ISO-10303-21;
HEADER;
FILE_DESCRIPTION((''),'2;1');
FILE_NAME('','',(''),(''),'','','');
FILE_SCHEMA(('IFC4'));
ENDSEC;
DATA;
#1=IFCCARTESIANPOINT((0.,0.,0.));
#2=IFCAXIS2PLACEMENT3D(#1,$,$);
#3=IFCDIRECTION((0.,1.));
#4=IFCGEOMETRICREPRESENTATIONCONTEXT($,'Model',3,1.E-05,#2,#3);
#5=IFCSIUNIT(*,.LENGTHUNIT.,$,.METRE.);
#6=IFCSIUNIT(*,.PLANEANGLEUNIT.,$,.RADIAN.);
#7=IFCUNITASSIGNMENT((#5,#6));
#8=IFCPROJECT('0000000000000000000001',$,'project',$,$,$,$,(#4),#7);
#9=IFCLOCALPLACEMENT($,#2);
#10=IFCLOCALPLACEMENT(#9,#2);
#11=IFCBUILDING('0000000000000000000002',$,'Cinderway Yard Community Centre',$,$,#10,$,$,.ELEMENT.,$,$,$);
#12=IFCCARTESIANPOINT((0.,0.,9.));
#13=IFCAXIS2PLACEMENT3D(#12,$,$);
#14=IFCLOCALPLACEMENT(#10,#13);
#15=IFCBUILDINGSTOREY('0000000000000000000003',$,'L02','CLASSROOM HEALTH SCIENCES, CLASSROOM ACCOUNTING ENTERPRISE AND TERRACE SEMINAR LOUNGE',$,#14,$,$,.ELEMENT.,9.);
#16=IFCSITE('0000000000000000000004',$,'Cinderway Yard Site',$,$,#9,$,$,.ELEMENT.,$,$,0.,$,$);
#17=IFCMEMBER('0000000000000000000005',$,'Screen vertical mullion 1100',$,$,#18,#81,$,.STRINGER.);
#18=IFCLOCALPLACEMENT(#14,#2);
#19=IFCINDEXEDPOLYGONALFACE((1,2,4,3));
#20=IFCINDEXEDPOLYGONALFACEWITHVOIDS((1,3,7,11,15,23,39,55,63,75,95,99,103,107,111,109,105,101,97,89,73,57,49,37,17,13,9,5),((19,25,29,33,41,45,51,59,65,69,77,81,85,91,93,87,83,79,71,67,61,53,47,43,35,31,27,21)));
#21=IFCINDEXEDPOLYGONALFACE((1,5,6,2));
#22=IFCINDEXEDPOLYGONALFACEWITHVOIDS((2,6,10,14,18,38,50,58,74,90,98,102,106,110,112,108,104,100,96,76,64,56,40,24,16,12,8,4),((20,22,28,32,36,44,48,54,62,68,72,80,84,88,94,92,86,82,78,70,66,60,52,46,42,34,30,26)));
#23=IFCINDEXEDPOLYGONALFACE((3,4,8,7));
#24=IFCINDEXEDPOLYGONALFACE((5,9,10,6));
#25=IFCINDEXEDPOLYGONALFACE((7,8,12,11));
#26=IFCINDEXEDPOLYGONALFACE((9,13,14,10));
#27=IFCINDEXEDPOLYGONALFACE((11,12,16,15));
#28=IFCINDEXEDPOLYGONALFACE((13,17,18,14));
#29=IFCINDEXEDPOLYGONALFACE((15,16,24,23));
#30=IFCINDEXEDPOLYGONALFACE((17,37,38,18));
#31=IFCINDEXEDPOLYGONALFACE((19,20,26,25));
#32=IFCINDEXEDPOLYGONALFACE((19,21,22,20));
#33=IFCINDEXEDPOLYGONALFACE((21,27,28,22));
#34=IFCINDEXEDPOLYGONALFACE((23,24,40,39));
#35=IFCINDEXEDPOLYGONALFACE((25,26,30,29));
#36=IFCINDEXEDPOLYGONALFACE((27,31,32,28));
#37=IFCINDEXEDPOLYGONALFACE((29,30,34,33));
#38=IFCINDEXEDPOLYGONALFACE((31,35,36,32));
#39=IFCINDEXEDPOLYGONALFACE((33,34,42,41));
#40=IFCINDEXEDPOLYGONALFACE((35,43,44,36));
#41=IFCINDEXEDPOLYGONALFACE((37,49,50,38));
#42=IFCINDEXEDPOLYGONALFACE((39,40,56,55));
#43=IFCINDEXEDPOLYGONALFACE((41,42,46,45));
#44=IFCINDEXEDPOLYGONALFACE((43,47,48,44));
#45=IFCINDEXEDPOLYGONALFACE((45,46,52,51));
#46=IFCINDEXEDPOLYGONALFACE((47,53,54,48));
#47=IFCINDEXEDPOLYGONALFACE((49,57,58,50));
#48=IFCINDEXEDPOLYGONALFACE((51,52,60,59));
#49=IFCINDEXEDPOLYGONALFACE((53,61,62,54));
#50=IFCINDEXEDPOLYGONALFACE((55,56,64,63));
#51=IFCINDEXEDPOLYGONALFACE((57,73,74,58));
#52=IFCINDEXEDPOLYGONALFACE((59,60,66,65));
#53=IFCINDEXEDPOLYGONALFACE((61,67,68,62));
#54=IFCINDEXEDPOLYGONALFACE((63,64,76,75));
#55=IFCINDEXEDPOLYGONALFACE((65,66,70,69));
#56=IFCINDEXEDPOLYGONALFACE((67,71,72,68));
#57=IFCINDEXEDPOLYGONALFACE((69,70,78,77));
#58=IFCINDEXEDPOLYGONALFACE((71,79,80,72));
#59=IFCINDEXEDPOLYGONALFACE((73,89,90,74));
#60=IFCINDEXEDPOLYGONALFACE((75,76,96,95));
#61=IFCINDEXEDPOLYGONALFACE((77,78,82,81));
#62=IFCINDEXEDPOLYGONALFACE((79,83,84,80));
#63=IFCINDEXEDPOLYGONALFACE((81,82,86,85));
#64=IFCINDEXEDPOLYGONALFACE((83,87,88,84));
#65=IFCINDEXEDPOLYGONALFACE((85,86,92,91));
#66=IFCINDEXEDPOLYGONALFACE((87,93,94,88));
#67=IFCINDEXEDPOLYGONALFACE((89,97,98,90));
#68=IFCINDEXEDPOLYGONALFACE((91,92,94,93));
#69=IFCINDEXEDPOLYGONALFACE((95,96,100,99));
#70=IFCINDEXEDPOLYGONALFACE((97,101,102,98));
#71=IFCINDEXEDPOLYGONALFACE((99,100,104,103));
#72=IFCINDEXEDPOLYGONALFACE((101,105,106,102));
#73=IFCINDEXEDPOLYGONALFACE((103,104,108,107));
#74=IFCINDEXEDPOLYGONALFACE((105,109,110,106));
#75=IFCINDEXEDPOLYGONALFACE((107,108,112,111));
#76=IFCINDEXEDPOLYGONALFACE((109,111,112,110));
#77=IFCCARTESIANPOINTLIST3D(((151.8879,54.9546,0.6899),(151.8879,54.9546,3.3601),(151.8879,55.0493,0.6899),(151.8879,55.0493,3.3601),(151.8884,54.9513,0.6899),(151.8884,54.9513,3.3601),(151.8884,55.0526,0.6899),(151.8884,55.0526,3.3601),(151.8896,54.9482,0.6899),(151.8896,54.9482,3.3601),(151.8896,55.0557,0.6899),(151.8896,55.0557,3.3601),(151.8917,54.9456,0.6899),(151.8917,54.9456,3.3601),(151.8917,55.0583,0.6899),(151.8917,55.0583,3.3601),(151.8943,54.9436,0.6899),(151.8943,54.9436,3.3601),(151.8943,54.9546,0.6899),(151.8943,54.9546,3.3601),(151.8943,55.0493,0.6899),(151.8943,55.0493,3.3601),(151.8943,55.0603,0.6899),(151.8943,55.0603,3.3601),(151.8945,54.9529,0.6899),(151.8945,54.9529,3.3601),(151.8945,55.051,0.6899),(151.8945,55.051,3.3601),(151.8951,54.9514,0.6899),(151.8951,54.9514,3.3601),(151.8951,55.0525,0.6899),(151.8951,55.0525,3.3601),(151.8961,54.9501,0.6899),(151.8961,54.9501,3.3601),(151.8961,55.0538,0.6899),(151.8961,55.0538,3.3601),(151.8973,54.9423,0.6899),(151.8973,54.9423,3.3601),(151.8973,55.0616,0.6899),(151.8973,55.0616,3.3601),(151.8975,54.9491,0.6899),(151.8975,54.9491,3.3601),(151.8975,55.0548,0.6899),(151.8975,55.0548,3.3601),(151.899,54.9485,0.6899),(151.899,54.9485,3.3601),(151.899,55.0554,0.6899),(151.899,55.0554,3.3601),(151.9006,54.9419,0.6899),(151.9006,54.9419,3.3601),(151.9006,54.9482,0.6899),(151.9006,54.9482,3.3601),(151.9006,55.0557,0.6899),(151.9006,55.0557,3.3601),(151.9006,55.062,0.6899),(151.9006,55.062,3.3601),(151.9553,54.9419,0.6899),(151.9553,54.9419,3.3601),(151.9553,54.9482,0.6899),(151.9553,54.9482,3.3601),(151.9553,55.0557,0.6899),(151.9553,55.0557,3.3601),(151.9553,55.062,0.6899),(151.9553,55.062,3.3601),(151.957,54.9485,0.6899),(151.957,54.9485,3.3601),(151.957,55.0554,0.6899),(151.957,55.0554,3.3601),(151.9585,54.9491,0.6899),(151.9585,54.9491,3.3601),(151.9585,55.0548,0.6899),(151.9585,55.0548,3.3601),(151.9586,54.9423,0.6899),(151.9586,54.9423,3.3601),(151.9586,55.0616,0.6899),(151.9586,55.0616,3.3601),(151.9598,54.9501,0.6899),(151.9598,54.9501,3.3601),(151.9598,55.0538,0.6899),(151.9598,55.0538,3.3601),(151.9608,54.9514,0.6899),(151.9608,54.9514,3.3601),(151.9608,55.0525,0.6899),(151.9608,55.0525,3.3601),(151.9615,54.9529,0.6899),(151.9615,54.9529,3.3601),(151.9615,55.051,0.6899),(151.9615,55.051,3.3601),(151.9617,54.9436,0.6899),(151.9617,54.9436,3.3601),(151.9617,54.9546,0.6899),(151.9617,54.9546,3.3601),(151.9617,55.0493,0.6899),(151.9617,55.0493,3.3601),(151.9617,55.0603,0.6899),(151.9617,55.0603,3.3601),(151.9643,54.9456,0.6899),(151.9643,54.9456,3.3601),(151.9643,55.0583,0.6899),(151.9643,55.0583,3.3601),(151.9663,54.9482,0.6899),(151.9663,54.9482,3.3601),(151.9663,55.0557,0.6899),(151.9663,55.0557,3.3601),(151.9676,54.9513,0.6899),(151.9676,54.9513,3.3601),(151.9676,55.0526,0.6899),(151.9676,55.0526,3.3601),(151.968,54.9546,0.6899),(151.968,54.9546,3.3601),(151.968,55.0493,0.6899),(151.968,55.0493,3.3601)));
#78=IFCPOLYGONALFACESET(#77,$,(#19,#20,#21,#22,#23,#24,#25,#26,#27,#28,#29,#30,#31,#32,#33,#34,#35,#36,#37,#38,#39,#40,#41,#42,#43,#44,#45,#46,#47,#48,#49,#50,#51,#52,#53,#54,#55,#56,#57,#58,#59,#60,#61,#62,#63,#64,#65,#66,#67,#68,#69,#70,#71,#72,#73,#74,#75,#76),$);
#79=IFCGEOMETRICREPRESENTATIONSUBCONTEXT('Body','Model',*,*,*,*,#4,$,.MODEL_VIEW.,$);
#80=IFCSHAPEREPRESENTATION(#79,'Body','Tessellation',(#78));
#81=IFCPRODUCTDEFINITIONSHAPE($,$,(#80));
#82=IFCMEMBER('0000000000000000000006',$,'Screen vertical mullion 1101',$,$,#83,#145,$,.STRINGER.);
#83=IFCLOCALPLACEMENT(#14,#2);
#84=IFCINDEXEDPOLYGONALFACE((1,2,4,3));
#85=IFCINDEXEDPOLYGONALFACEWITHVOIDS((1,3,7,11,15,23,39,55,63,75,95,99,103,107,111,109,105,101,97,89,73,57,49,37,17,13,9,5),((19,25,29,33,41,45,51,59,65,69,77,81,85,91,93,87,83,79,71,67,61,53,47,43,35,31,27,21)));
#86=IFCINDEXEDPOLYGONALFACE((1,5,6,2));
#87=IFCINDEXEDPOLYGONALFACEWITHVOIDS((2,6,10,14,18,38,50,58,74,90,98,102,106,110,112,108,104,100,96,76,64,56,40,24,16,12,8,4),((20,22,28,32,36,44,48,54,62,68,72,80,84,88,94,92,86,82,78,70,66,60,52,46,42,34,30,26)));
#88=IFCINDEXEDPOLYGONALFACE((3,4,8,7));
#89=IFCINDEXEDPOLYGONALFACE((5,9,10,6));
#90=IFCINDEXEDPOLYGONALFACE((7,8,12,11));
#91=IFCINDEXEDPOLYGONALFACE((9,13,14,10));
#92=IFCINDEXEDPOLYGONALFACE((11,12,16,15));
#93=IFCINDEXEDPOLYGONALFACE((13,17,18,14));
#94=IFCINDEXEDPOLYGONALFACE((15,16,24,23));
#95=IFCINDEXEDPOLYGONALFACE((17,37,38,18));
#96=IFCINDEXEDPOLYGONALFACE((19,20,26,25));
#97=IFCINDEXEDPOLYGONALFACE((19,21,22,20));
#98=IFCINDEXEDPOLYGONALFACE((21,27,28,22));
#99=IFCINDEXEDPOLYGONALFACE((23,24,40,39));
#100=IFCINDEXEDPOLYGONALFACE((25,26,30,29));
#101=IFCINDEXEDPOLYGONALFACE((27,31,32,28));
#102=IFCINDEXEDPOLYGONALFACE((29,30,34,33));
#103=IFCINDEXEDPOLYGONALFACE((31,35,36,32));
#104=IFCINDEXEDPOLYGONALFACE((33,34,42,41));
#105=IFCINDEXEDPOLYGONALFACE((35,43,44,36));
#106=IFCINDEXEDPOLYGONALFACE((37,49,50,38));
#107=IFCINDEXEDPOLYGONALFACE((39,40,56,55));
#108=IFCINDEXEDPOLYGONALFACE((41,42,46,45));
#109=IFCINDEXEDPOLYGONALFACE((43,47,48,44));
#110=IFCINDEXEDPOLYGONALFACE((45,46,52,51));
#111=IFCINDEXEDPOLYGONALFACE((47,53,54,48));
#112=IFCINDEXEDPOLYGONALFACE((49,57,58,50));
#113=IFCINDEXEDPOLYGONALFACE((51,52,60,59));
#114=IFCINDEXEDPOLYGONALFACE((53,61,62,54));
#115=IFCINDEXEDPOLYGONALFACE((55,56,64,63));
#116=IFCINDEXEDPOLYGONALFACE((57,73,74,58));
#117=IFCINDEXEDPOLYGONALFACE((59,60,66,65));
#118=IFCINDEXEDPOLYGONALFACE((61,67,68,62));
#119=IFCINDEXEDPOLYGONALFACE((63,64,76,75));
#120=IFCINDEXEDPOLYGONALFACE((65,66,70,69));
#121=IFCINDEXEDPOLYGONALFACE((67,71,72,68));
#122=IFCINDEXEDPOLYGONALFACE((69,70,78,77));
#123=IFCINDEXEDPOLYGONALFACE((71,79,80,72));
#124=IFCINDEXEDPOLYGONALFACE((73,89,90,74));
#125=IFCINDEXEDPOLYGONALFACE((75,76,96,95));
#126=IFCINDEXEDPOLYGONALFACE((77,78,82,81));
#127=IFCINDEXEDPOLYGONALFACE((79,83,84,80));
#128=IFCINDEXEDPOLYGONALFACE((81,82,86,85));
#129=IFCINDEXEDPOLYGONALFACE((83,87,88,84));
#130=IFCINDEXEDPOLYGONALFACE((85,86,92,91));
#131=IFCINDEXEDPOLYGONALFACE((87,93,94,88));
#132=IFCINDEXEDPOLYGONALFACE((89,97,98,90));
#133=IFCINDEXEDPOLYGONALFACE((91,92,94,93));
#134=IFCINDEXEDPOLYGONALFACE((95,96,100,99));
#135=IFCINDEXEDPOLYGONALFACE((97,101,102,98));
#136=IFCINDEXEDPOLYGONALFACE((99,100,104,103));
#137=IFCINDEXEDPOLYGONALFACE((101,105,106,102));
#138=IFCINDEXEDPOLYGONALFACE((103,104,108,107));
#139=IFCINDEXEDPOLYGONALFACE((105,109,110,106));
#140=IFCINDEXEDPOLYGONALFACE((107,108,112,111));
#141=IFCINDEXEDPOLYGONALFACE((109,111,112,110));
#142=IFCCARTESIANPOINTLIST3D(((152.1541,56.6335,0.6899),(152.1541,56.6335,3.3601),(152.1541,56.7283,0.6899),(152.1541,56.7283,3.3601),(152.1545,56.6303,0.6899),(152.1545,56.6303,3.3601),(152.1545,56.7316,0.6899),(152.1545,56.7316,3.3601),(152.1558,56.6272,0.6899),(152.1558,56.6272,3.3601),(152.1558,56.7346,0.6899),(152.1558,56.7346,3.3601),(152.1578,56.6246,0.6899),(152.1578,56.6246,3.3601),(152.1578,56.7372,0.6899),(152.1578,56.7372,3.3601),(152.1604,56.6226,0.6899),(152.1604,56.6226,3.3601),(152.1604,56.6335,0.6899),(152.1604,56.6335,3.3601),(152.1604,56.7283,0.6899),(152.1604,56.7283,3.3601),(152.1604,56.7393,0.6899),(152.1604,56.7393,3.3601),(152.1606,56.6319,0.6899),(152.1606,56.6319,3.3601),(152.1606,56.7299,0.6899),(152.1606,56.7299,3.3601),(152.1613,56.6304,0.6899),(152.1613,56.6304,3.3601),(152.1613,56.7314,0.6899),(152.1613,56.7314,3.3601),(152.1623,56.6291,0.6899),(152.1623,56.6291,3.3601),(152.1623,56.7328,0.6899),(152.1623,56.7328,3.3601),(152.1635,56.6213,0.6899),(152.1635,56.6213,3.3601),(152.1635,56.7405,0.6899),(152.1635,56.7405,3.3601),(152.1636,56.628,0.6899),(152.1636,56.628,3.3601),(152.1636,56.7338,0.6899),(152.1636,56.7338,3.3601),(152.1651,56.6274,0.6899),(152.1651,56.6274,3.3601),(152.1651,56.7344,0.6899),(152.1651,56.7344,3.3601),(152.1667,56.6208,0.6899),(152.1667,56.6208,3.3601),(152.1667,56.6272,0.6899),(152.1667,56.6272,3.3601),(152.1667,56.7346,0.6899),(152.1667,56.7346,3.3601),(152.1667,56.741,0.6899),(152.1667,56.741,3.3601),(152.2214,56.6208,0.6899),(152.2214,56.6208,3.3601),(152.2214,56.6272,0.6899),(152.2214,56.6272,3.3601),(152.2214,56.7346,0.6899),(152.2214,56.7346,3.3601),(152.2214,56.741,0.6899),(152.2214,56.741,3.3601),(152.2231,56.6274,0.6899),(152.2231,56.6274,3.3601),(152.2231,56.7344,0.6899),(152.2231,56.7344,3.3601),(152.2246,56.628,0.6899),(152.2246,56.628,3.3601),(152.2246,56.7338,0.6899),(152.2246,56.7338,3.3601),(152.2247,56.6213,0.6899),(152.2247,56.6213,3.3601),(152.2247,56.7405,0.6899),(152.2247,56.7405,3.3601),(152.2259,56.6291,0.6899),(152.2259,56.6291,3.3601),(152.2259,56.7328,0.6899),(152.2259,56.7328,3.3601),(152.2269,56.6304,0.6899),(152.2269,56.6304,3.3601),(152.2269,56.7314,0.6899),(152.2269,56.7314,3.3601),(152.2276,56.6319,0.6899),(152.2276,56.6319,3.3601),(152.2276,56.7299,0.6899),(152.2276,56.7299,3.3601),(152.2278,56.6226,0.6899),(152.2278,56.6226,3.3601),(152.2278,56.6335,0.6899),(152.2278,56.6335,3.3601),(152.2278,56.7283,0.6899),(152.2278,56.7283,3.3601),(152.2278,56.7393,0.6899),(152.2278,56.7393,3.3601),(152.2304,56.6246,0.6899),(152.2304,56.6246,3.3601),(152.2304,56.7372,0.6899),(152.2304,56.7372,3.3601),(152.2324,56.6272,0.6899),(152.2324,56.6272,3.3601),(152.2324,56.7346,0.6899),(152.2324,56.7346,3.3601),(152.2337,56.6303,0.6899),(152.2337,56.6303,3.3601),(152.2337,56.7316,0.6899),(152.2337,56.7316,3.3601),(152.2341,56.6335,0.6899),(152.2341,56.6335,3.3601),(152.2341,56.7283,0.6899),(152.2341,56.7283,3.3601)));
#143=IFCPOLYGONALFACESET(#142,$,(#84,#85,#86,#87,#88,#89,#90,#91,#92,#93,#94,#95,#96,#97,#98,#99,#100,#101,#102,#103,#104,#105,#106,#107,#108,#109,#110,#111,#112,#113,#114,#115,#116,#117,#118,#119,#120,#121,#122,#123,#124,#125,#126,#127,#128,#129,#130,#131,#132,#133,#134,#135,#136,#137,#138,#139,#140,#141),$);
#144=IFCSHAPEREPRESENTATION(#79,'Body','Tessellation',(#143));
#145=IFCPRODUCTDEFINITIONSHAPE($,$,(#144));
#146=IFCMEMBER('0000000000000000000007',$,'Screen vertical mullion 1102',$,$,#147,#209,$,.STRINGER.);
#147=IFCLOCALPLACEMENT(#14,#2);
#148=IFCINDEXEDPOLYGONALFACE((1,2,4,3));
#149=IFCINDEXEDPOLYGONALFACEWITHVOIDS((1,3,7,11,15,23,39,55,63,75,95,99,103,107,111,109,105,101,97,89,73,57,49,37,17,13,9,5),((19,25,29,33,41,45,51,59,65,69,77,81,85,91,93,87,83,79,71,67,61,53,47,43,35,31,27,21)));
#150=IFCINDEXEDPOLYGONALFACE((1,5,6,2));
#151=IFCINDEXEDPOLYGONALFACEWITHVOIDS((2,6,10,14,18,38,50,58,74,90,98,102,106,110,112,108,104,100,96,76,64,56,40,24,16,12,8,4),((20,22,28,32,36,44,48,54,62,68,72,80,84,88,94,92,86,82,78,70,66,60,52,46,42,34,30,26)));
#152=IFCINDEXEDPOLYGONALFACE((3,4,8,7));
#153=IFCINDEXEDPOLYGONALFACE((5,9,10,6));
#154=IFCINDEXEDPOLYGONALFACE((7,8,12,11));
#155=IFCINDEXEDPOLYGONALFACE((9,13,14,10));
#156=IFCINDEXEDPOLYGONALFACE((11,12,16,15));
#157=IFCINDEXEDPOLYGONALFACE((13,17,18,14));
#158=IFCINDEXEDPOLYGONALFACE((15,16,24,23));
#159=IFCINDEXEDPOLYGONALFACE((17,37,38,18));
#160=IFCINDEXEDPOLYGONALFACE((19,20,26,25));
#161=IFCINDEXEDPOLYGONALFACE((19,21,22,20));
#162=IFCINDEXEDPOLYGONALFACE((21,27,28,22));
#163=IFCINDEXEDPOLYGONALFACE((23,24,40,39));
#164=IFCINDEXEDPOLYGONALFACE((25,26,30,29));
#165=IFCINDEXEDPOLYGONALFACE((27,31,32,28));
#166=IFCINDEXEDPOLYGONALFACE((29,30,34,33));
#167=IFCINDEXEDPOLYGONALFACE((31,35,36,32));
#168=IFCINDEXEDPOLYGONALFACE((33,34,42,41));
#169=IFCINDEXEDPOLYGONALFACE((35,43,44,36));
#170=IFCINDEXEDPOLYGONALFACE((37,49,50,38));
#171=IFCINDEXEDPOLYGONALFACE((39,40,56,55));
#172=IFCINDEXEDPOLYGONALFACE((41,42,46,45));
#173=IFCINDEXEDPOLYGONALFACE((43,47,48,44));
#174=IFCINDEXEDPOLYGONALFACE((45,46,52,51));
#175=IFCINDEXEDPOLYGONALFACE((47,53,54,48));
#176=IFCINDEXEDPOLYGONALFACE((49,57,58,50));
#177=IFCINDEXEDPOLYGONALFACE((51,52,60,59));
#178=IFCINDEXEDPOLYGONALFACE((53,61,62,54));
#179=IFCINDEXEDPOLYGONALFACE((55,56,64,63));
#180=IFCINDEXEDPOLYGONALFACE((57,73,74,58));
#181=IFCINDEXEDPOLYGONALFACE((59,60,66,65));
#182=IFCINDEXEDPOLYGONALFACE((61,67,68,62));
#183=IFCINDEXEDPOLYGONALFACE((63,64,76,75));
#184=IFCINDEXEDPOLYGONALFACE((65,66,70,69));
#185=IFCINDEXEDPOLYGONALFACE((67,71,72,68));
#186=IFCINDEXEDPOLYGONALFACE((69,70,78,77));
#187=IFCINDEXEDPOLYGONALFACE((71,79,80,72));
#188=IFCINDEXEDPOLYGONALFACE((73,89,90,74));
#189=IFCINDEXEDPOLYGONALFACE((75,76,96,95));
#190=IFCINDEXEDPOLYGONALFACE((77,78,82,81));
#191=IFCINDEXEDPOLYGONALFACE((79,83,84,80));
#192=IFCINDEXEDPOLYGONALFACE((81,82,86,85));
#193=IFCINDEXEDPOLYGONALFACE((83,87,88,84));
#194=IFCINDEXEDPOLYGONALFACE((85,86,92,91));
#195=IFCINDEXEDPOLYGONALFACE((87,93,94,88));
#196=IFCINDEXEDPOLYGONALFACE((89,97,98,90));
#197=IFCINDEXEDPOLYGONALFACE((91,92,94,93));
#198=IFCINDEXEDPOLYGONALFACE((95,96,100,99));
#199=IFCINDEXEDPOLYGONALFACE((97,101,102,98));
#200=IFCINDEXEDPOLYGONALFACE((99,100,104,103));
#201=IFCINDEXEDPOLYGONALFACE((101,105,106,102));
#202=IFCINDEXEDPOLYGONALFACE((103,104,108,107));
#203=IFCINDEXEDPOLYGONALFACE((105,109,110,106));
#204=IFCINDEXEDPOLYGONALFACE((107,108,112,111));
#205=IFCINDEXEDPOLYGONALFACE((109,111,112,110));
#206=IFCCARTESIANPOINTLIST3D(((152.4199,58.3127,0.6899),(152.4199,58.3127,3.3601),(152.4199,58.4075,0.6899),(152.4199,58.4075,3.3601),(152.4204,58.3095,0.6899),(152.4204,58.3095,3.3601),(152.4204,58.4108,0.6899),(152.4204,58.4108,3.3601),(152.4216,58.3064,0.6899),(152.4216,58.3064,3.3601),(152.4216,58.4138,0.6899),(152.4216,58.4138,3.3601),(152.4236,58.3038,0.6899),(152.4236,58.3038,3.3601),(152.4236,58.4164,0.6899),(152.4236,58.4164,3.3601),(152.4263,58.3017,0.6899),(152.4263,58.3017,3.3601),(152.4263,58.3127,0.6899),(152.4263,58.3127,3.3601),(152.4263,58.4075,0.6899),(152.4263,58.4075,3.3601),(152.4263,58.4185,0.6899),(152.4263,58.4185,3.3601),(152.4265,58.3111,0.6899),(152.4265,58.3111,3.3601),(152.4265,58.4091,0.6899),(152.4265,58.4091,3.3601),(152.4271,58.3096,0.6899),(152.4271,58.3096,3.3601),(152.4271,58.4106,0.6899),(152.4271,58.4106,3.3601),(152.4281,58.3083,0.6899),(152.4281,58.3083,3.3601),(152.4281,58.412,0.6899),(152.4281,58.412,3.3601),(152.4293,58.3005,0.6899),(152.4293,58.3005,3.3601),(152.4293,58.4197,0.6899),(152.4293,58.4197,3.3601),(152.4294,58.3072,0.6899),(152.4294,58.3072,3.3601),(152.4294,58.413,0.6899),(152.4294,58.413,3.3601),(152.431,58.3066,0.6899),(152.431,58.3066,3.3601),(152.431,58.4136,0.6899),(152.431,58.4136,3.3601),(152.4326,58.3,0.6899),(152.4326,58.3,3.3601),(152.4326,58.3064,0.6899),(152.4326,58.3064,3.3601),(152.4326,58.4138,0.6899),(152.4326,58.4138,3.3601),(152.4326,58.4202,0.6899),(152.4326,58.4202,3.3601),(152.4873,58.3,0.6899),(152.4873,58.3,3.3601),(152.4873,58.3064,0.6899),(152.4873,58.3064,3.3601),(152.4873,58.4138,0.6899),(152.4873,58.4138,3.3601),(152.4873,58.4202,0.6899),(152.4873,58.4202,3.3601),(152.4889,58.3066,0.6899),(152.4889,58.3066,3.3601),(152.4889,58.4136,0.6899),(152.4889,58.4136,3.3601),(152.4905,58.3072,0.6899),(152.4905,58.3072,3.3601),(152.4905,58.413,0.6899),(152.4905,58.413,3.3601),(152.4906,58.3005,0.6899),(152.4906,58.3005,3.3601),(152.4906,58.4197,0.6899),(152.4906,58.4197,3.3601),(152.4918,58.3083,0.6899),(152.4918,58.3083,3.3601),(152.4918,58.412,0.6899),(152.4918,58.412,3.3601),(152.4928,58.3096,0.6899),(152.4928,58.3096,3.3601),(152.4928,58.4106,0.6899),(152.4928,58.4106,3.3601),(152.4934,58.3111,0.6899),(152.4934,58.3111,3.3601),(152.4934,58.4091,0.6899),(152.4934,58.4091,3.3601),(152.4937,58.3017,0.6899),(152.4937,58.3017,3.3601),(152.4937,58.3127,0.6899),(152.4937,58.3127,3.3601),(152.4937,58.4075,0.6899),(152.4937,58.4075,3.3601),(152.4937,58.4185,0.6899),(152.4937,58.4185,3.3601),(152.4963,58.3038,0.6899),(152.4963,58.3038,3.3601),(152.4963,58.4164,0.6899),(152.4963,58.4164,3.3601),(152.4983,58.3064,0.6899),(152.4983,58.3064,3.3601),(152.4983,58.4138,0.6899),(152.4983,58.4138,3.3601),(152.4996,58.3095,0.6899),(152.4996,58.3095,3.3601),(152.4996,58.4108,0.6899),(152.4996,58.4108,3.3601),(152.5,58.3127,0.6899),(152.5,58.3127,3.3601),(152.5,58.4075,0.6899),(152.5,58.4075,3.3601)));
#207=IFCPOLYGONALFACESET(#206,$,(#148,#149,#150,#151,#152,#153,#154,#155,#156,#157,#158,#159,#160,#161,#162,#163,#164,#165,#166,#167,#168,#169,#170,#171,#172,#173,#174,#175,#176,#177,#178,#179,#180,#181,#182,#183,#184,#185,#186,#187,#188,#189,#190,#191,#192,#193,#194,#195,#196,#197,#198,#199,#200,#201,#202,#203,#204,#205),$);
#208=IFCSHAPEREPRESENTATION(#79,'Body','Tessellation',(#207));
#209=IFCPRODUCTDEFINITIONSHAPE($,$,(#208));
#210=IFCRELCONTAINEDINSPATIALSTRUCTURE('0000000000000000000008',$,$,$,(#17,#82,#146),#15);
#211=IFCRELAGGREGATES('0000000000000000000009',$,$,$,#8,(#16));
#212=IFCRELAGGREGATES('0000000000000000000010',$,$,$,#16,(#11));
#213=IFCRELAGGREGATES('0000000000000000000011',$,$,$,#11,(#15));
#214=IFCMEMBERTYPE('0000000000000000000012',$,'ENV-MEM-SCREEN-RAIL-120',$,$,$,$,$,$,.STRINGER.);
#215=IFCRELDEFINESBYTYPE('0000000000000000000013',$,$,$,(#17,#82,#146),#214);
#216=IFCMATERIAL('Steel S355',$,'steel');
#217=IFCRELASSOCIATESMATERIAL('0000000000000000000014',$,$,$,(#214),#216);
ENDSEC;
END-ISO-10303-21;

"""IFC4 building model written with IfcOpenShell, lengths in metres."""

from ifc_helpers import new_model, si_unit, direction, frame, origin, origin_2d, place, context, subcontext, project, spatial, hollow_rectangle, extrude, material, material_profile, profile_set, type_object, element, save


model = new_model("IFC4")

# Units and contexts
model_context = context("Model", 3, precision=1e-05, world=origin(), true_north=direction((0.0, 1.0)))
body_context = subcontext(model_context, "Body", "Model", "MODEL_VIEW")
ifc_project = project(units=[si_unit("LENGTHUNIT", "METRE"), si_unit("PLANEANGLEUNIT", "RADIAN")], contexts=[model_context])

# Site, building, storey
site_placement = place(None, origin())
site = spatial("IfcSite", under=ifc_project, at=site_placement, Name="Cinderway Yard Site", CompositionType="ELEMENT", RefElevation=0.0)
building_placement = place(site_placement, origin())
building = spatial("IfcBuilding", under=site, at=building_placement, Name="Cinderway Yard Community Centre", CompositionType="ELEMENT")
storey_placement = place(building_placement, frame((0.0, 0.0, 9.0)))
storey = spatial("IfcBuildingStorey", under=building, at=storey_placement, Name="L02", Description="CLASSROOM HEALTH SCIENCES, CLASSROOM ACCOUNTING ENTERPRISE AND TERRACE SEMINAR LOUNGE", CompositionType="ELEMENT", Elevation=9.0)

# Members
ifc_material_1 = material(Name="Steel S355", Category="steel")
ifc_material_profile_1 = material_profile(ifc_material_1, hollow_rectangle(XDim=0.0801, YDim=0.1201, WallThickness=0.0063, InnerFilletRadius=0.0063, OuterFilletRadius=0.0127, at=origin_2d()), Name="Steel S355")
ifc_profile_set_1 = profile_set([ifc_material_profile_1], Name="Steel S355")
member_type_1 = type_object("IfcMemberType", Name="ENV-MEM-SCREEN-RAIL-120", PredefinedType="STRINGER", material=ifc_profile_set_1)
for number, where, z_axis, x_axis, name in (
    (1, (151.928, 55.002, 0.6899), (0.0, 0.0, 1.0), (1.0, 0.0, 0.0), "Screen vertical mullion 1100"),
    (2, (152.1941, 56.6809, 0.6899), (0.0, 0.0, 1.0), (1.0, 0.0, 0.0), "Screen vertical mullion 1101"),
    (3, (152.46, 58.3601, 0.6899), (0.0, 0.0, 1.0), (1.0, 0.0, 0.0), "Screen vertical mullion 1102"),
):
    element("IfcMember", number, at=place(storey_placement, frame(where, z_axis=z_axis, x_axis=x_axis)), inside=storey, type_object=member_type_1, Name=name, PredefinedType="STRINGER", context=body_context, shape_type="SweptSolid", body=[
        extrude(hollow_rectangle(XDim=0.0801, YDim=0.1201, WallThickness=0.0063, InnerFilletRadius=0.0063, OuterFilletRadius=0.0127, at=origin_2d()), origin(), (0.0, 0.0, 1.0), 2.6702),
    ])

save(model, "model.ifc")
